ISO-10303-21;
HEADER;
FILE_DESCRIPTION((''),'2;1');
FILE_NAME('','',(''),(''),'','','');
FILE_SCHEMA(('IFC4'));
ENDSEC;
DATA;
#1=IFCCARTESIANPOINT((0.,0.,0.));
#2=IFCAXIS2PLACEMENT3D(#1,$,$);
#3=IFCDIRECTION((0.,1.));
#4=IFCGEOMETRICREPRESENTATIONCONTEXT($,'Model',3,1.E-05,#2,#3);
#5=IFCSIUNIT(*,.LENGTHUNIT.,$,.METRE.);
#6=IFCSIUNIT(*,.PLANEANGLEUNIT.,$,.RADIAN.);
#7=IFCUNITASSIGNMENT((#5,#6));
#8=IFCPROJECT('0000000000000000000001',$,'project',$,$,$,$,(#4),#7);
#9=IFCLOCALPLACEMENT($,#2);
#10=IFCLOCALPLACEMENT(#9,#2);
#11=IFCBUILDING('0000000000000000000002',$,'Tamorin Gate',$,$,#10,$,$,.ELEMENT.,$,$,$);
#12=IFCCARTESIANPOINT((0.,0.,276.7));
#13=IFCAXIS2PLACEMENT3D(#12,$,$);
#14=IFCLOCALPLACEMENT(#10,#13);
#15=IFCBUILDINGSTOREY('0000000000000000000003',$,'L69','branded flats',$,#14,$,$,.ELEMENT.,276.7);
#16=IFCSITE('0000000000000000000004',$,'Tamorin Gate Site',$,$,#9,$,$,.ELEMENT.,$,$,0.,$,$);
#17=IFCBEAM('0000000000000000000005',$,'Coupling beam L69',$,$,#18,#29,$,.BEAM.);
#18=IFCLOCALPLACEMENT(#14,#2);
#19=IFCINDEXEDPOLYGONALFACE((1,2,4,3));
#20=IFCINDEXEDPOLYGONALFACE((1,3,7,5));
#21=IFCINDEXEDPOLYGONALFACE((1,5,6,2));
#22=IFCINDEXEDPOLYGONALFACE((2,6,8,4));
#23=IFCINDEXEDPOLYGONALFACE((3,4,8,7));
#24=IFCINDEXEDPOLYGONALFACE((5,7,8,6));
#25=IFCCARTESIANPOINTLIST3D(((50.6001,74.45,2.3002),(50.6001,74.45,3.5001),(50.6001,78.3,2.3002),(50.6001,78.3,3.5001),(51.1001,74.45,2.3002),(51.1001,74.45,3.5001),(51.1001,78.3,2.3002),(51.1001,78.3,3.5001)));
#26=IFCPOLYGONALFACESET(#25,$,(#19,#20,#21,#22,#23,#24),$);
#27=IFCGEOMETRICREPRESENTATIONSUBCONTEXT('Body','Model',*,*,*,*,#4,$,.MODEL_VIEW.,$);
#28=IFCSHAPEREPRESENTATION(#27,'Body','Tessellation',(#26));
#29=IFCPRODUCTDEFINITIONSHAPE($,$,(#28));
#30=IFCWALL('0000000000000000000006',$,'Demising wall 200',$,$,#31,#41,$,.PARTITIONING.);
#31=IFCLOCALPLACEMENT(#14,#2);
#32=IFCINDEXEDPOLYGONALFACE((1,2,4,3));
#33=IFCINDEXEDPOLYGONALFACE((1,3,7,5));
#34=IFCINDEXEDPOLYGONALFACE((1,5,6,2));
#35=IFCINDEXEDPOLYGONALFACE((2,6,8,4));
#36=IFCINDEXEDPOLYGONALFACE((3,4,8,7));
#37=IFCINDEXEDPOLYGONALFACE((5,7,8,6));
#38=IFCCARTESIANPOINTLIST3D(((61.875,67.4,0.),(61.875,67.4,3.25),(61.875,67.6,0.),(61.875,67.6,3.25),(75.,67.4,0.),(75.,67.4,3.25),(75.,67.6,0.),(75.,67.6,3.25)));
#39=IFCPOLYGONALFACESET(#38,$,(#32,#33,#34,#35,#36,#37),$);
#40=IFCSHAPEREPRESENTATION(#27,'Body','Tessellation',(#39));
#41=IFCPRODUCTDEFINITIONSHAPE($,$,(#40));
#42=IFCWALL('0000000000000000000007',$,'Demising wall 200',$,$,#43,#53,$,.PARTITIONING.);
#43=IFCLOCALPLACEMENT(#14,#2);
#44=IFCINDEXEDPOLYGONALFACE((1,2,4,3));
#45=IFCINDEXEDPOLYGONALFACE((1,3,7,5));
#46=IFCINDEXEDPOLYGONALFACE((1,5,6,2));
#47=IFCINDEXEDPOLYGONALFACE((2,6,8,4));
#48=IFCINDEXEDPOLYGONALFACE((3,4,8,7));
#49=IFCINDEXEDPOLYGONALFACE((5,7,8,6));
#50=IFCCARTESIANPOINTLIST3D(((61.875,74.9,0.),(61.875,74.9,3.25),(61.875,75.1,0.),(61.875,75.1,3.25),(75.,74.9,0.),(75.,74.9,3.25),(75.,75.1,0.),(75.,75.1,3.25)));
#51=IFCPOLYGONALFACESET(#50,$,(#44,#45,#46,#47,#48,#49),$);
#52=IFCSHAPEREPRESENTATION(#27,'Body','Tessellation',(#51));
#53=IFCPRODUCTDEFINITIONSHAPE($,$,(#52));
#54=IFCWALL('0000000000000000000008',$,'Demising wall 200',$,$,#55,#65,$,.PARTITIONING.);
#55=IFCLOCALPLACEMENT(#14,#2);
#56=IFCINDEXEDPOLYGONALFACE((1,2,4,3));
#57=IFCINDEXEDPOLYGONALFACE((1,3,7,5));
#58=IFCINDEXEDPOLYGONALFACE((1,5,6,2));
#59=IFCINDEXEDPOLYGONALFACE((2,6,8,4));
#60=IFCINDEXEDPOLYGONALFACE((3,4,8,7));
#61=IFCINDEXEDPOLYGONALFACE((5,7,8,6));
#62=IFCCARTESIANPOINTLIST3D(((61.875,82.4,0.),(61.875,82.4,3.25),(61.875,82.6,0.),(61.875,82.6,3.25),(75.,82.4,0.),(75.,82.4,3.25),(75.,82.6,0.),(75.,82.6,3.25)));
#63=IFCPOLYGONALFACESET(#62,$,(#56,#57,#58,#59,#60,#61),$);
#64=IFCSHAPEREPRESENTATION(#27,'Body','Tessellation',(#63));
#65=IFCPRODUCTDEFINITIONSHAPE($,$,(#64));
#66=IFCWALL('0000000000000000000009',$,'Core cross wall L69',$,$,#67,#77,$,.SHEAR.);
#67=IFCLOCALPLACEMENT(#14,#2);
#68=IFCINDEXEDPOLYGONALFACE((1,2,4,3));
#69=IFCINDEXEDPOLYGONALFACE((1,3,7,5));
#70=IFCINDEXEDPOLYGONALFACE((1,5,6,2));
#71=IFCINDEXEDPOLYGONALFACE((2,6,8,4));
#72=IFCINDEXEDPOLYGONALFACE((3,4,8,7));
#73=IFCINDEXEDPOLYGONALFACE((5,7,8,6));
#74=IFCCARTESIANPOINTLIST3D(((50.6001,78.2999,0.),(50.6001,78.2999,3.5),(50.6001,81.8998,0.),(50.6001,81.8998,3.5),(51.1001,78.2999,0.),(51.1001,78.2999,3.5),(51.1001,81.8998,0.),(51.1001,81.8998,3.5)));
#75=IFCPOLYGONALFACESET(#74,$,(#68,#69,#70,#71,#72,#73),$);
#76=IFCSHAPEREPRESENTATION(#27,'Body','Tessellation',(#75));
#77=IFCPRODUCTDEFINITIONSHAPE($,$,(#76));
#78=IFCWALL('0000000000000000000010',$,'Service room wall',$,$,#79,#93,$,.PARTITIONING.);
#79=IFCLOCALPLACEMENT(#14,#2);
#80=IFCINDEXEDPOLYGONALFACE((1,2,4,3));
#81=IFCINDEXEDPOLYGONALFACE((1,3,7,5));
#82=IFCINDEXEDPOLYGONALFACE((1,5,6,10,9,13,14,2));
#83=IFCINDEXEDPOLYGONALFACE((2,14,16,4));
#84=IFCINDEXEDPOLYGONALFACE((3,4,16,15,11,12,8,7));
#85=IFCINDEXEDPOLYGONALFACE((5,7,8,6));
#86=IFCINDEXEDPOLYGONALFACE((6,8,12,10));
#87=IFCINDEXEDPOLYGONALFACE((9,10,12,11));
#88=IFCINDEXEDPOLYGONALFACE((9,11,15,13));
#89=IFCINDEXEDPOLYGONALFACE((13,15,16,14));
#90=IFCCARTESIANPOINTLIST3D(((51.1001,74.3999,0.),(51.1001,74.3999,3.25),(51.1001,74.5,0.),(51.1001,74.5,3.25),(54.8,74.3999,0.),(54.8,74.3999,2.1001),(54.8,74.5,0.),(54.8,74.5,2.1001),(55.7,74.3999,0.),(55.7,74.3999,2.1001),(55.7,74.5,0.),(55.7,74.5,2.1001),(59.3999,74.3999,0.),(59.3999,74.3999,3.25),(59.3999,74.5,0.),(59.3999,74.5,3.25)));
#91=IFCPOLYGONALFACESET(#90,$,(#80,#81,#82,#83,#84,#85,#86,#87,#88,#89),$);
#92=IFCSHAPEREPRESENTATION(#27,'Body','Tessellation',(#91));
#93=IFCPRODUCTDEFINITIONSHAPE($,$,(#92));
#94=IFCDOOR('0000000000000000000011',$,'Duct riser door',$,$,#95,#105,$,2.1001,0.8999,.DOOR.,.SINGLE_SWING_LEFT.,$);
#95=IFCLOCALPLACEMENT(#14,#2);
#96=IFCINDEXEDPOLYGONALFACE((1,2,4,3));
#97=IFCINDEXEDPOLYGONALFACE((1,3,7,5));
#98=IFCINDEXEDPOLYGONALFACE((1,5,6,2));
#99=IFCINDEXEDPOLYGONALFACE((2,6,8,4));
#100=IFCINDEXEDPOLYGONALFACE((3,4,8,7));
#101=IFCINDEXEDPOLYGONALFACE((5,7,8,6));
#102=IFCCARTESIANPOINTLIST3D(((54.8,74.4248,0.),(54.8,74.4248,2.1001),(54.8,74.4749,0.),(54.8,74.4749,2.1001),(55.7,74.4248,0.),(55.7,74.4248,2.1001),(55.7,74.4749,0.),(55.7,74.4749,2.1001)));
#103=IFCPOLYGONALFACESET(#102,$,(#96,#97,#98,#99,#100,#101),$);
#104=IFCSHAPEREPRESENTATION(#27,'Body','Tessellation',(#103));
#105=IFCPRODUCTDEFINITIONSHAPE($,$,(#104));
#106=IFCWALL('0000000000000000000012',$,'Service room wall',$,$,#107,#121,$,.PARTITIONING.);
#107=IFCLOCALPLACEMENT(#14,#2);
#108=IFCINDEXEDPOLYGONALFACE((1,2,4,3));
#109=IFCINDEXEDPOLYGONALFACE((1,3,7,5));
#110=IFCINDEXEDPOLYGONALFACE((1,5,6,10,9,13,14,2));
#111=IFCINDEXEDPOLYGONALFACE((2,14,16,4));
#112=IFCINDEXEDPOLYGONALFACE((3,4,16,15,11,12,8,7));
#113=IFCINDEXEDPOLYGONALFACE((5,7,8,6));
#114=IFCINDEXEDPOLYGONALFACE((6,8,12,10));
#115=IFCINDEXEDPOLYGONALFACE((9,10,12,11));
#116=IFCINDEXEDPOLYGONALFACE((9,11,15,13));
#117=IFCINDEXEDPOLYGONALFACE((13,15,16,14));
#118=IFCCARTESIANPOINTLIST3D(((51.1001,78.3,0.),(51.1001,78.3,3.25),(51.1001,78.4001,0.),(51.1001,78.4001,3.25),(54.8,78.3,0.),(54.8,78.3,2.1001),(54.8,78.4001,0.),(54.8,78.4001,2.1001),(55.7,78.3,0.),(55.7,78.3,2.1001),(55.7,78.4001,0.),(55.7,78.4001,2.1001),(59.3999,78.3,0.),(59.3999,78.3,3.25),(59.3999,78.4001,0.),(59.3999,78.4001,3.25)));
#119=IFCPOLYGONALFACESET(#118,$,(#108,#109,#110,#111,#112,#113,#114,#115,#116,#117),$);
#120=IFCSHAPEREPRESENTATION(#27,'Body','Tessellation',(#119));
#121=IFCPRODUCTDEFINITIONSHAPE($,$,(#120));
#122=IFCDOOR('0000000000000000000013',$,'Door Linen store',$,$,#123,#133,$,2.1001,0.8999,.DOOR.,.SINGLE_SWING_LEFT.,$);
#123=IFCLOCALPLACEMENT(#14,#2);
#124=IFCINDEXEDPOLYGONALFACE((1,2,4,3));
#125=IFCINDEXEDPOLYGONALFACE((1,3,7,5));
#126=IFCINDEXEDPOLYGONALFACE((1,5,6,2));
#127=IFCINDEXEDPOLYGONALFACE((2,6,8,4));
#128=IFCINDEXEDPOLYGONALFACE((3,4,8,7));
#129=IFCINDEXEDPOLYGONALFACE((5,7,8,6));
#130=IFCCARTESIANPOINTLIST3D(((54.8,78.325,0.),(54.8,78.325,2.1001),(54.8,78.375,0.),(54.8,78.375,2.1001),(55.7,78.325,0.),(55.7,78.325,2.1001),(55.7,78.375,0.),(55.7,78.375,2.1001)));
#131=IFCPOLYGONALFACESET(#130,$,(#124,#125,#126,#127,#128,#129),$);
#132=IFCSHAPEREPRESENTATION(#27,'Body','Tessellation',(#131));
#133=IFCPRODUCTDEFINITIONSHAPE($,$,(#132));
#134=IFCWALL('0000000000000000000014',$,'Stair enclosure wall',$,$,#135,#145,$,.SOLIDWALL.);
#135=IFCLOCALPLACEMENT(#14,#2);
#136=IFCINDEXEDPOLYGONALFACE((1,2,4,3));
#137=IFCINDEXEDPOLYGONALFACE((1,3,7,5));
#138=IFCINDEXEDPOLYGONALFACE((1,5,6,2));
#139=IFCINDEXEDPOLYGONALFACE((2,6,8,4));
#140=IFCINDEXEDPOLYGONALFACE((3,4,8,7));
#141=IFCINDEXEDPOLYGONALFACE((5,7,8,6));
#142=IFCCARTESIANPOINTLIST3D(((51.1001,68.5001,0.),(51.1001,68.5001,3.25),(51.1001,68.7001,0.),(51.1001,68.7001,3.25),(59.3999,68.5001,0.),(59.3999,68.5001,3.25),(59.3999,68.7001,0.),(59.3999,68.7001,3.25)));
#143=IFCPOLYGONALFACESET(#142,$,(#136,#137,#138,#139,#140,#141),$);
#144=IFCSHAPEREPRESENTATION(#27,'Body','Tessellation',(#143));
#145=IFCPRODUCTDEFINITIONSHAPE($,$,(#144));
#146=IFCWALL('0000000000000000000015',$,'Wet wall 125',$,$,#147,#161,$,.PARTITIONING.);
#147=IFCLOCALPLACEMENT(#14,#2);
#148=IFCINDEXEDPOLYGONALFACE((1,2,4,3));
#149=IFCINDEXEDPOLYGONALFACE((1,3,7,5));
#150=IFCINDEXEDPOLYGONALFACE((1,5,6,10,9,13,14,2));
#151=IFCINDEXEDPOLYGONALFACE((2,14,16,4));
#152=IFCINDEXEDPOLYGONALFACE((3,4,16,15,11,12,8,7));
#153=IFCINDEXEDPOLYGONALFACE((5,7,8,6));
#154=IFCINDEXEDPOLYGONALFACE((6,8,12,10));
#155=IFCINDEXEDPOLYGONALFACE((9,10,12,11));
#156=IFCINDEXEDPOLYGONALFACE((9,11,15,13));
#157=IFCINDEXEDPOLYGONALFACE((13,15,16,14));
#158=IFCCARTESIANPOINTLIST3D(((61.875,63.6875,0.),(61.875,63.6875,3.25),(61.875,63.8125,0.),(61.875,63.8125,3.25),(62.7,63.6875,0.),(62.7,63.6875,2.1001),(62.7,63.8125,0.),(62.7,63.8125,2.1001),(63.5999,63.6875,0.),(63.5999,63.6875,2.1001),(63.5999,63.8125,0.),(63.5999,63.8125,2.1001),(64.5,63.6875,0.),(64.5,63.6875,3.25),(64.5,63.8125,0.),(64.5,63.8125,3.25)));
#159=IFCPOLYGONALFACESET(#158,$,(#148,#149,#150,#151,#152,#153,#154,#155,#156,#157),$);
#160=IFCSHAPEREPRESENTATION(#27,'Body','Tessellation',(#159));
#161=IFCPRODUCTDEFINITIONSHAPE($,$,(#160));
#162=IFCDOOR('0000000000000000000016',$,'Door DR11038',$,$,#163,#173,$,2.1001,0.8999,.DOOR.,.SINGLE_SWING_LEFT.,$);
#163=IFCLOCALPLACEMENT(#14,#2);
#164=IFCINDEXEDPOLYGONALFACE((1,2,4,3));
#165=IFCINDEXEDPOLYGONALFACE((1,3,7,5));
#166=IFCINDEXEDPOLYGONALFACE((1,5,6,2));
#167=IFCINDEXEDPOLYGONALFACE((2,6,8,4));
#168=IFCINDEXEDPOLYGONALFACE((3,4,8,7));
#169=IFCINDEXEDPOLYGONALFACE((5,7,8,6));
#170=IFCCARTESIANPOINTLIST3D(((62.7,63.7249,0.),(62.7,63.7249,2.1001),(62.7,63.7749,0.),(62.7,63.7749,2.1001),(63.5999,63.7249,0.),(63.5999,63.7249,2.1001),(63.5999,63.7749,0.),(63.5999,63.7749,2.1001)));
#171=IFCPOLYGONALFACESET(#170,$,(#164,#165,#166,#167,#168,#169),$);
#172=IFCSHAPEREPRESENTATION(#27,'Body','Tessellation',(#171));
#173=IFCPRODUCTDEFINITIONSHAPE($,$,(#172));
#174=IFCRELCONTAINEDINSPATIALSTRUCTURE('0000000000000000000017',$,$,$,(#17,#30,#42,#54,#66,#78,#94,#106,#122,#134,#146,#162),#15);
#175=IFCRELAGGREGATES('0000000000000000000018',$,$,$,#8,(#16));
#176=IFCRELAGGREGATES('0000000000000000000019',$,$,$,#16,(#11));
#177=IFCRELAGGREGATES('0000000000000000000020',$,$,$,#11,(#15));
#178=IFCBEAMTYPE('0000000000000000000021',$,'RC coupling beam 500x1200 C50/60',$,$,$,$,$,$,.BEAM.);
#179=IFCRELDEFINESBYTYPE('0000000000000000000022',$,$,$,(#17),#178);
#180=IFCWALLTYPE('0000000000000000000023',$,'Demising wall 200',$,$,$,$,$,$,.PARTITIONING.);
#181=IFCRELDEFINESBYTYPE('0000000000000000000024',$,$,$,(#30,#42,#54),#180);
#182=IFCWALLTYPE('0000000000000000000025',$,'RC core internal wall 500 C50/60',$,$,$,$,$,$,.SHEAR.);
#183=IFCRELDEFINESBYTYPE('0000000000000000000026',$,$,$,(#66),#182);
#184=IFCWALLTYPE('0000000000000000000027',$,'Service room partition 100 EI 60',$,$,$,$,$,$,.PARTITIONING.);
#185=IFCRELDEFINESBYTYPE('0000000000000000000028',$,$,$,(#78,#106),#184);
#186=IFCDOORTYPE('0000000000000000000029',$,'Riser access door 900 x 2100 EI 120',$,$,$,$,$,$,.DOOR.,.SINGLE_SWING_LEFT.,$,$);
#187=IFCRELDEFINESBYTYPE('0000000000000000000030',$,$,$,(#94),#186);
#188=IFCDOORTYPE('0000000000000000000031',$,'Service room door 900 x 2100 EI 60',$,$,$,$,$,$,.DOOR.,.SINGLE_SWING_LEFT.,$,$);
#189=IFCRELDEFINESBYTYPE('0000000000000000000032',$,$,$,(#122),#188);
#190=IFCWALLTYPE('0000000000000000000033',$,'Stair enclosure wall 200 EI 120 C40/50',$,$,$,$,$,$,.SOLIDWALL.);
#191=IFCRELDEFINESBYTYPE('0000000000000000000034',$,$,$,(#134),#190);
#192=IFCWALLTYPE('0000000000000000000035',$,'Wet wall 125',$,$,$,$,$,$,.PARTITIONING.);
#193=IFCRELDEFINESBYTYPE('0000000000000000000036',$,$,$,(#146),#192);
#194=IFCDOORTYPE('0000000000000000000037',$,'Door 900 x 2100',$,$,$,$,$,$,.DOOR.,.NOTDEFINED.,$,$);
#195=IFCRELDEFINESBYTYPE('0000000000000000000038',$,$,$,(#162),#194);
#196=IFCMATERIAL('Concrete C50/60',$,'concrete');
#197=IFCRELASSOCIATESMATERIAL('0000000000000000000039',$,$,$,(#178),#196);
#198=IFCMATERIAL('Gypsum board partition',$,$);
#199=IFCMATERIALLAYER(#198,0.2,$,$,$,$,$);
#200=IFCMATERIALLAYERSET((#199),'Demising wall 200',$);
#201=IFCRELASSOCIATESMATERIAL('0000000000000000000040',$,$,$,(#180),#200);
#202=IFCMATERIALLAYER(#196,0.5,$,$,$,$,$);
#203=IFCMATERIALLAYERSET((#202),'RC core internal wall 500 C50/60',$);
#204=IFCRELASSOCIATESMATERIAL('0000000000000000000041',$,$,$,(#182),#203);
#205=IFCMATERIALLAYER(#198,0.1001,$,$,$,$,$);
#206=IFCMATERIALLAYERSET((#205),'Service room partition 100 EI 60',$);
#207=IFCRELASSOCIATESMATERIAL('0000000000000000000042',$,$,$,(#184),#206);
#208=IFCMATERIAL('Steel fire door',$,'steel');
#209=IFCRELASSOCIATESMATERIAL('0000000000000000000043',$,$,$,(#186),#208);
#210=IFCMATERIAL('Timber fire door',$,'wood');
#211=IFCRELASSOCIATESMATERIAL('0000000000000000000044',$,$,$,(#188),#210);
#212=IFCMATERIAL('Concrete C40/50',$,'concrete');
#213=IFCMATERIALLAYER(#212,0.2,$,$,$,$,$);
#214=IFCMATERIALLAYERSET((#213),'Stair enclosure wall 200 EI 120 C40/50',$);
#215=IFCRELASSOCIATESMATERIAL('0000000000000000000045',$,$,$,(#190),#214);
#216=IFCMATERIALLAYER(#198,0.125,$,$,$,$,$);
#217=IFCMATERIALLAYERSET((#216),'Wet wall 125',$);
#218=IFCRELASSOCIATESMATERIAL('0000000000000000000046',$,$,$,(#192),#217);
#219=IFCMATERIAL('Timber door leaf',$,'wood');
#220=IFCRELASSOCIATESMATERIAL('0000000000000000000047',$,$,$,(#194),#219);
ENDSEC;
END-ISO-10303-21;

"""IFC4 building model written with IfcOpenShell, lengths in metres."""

from ifc_helpers import new_model, si_unit, direction, frame, frame_2d, origin, origin_2d, place, context, subcontext, project, spatial, rectangle, extrude, material, layer, layer_set, material_profile, profile_set, type_object, element, fill, save


model = new_model("IFC4")

# Units and contexts
model_context = context("Model", 3, precision=1e-05, world=origin(), true_north=direction((0.0, 1.0)))
body_context = subcontext(model_context, "Body", "Model", "MODEL_VIEW")
ifc_project = project(units=[si_unit("LENGTHUNIT", "METRE"), si_unit("PLANEANGLEUNIT", "RADIAN")], contexts=[model_context])

# Site, building, storey
site_placement = place(None, origin())
site = spatial("IfcSite", under=ifc_project, at=site_placement, Name="Tamorin Gate Site", CompositionType="ELEMENT", RefElevation=0.0)
building_placement = place(site_placement, origin())
building = spatial("IfcBuilding", under=site, at=building_placement, Name="Tamorin Gate", CompositionType="ELEMENT")
storey_placement = place(building_placement, frame((0.0, 0.0, 276.7)))
storey = spatial("IfcBuildingStorey", under=building, at=storey_placement, Name="L69", Description="branded flats", CompositionType="ELEMENT", Elevation=276.7)

# Beam
ifc_material_1 = material(Name="Concrete C50/60", Category="concrete")
ifc_material_profile = material_profile(ifc_material_1, rectangle(XDim=0.5, YDim=1.2, at=origin_2d()), Name="RC 500x1200")
ifc_profile_set = profile_set([ifc_material_profile], Name="Concrete C50/60")
beam_type = type_object("IfcBeamType", Name="RC coupling beam 500x1200 C50/60", PredefinedType="BEAM", material=ifc_profile_set)
beam_placement = place(storey_placement, frame((50.8501, 74.45, 2.9001), z_axis=(0.0, 1.0, 0.0), x_axis=(-1.0, 0.0, 0.0)))
element("IfcBeam", 1, at=beam_placement, inside=storey, type_object=beam_type, Name="Coupling beam L69", PredefinedType="BEAM", context=body_context, shape_type="SweptSolid", body=[
    extrude(rectangle(XDim=0.5, YDim=1.2, at=origin_2d()), origin(), (0.0, 0.0, 1.0), 3.8501),
])

# Walls
ifc_material_2 = material(Name="Gypsum board partition")
ifc_layer_1 = layer(ifc_material_2, 0.2)
ifc_layer_set_1 = layer_set([ifc_layer_1], Name="Demising wall 200")
wall_type_1 = type_object("IfcWallType", Name="Demising wall 200", PredefinedType="PARTITIONING", material=ifc_layer_set_1)
for number, where, z_axis, x_axis, name in (
    (2, (61.875, 67.5, 0.0), (0.0, 0.0, 1.0), (1.0, 0.0, 0.0), "Demising wall 200"),
    (3, (61.875, 75.0, 0.0), (0.0, 0.0, 1.0), (1.0, 0.0, 0.0), "Demising wall 200"),
    (4, (61.875, 82.5, 0.0), (0.0, 0.0, 1.0), (1.0, 0.0, 0.0), "Demising wall 200"),
):
    element("IfcWall", number, at=place(storey_placement, frame(where, z_axis=z_axis, x_axis=x_axis)), inside=storey, type_object=wall_type_1, Name=name, PredefinedType="PARTITIONING", context=body_context, shape_type="SweptSolid", body=[
        extrude(rectangle(XDim=13.125, YDim=0.2, at=frame_2d((6.5625, 0.0))), origin(), (0.0, 0.0, 1.0), 3.25),
    ])
ifc_layer_2 = layer(ifc_material_1, 0.5)
ifc_layer_set_2 = layer_set([ifc_layer_2], Name="RC core internal wall 500 C50/60")
wall_type_2 = type_object("IfcWallType", Name="RC core internal wall 500 C50/60", PredefinedType="SHEAR", material=ifc_layer_set_2)
wall_1_placement = place(storey_placement, frame((50.8501, 78.3, 0.0), z_axis=(0.0, 0.0, 1.0), x_axis=(0.0, 1.0, 0.0)))
element("IfcWall", 5, at=wall_1_placement, inside=storey, type_object=wall_type_2, Name="Core cross wall L69", PredefinedType="SHEAR", context=body_context, shape_type="SweptSolid", body=[
    extrude(rectangle(XDim=3.5999, YDim=0.5, at=frame_2d((1.7998, 0.0))), origin(), (0.0, 0.0, 1.0), 3.5),
])

# Walls, openings, doors
ifc_layer_3 = layer(ifc_material_2, 0.1001)
ifc_layer_set_3 = layer_set([ifc_layer_3], Name="Service room partition 100 EI 60")
wall_type_3 = type_object("IfcWallType", Name="Service room partition 100 EI 60", PredefinedType="PARTITIONING", material=ifc_layer_set_3)
wall_2_placement = place(storey_placement, frame((51.1001, 74.45, 0.0), z_axis=(0.0, 0.0, 1.0), x_axis=(1.0, 0.0, 0.0)))
wall_2 = element("IfcWall", 6, at=wall_2_placement, inside=storey, type_object=wall_type_3, Name="Service room wall", PredefinedType="PARTITIONING", context=body_context, shape_type="SweptSolid", body=[
    extrude(rectangle(XDim=8.2998, YDim=0.1001, at=frame_2d((4.1499, 0.0))), origin(), (0.0, 0.0, 1.0), 3.25),
])
opening_1_placement = place(wall_2_placement, frame((3.7, 0.0, 0.0)))
opening_1 = element("IfcOpeningElement", 7, at=opening_1_placement, cuts=wall_2, PredefinedType="OPENING", context=body_context, shape_type="SweptSolid", body=[
    extrude(rectangle(XDim=0.8999, YDim=2.1001, at=frame_2d((0.45, 1.05))), frame((0.0, 0.0601, 0.0), z_axis=(0.0, -1.0, 0.0), x_axis=(1.0, 0.0, 0.0)), (0.0, 0.0, 1.0), 0.1201),
])
ifc_material_3 = material(Name="Steel fire door", Category="steel")
door_type_1 = type_object("IfcDoorType", Name="Riser access door 900 x 2100 EI 120", OperationType="SINGLE_SWING_LEFT", PredefinedType="DOOR", material=ifc_material_3)
door_1_placement = place(opening_1_placement, origin())
door_1 = element("IfcDoor", 8, at=door_1_placement, inside=storey, type_object=door_type_1, Name="Duct riser door", OperationType="SINGLE_SWING_LEFT", OverallHeight=2.1001, OverallWidth=0.8999, PredefinedType="DOOR", context=body_context, shape_type="SweptSolid", body=[
    extrude(rectangle(XDim=0.8999, YDim=2.1001, at=frame_2d((0.45, 1.05))), frame((0.0, 0.0249, 0.0), z_axis=(0.0, -1.0, 0.0), x_axis=(1.0, 0.0, 0.0)), (0.0, 0.0, 1.0), 0.05),
])
fill(opening_1, door_1)
wall_3_placement = place(storey_placement, frame((51.1001, 78.3501, 0.0), z_axis=(0.0, 0.0, 1.0), x_axis=(1.0, 0.0, 0.0)))
wall_3 = element("IfcWall", 9, at=wall_3_placement, inside=storey, type_object=wall_type_3, Name="Service room wall", PredefinedType="PARTITIONING", context=body_context, shape_type="SweptSolid", body=[
    extrude(rectangle(XDim=8.2998, YDim=0.1001, at=frame_2d((4.1499, 0.0))), origin(), (0.0, 0.0, 1.0), 3.25),
])
opening_2_placement = place(wall_3_placement, frame((3.7, 0.0, 0.0)))
opening_2 = element("IfcOpeningElement", 10, at=opening_2_placement, cuts=wall_3, PredefinedType="OPENING", context=body_context, shape_type="SweptSolid", body=[
    extrude(rectangle(XDim=0.8999, YDim=2.1001, at=frame_2d((0.45, 1.05))), frame((0.0, 0.0601, 0.0), z_axis=(0.0, -1.0, 0.0), x_axis=(1.0, 0.0, 0.0)), (0.0, 0.0, 1.0), 0.1201),
])
ifc_material_4 = material(Name="Timber fire door", Category="wood")
door_type_2 = type_object("IfcDoorType", Name="Service room door 900 x 2100 EI 60", OperationType="SINGLE_SWING_LEFT", PredefinedType="DOOR", material=ifc_material_4)
door_2_placement = place(opening_2_placement, origin())
door_2 = element("IfcDoor", 11, at=door_2_placement, inside=storey, type_object=door_type_2, Name="Door Linen store", OperationType="SINGLE_SWING_LEFT", OverallHeight=2.1001, OverallWidth=0.8999, PredefinedType="DOOR", context=body_context, shape_type="SweptSolid", body=[
    extrude(rectangle(XDim=0.8999, YDim=2.1001, at=frame_2d((0.45, 1.05))), frame((0.0, 0.0249, 0.0), z_axis=(0.0, -1.0, 0.0), x_axis=(1.0, 0.0, 0.0)), (0.0, 0.0, 1.0), 0.05),
])
fill(opening_2, door_2)

# Wall
ifc_material_5 = material(Name="Concrete C40/50", Category="concrete")
ifc_layer_4 = layer(ifc_material_5, 0.2)
ifc_layer_set_4 = layer_set([ifc_layer_4], Name="Stair enclosure wall 200 EI 120 C40/50")
wall_type_4 = type_object("IfcWallType", Name="Stair enclosure wall 200 EI 120 C40/50", PredefinedType="SOLIDWALL", material=ifc_layer_set_4)
wall_4_placement = place(storey_placement, frame((51.1001, 68.6001, 0.0), z_axis=(0.0, 0.0, 1.0), x_axis=(1.0, 0.0, 0.0)))
element("IfcWall", 12, at=wall_4_placement, inside=storey, type_object=wall_type_4, Name="Stair enclosure wall", PredefinedType="SOLIDWALL", context=body_context, shape_type="SweptSolid", body=[
    extrude(rectangle(XDim=8.2998, YDim=0.2, at=frame_2d((4.1499, 0.0))), origin(), (0.0, 0.0, 1.0), 3.25),
])

# Wall, opening, door
ifc_layer_5 = layer(ifc_material_2, 0.125)
ifc_layer_set_5 = layer_set([ifc_layer_5], Name="Wet wall 125")
wall_type_5 = type_object("IfcWallType", Name="Wet wall 125", PredefinedType="PARTITIONING", material=ifc_layer_set_5)
wall_5_placement = place(storey_placement, frame((61.875, 63.75, 0.0), z_axis=(0.0, 0.0, 1.0), x_axis=(1.0, 0.0, 0.0)))
wall_5 = element("IfcWall", 13, at=wall_5_placement, inside=storey, type_object=wall_type_5, Name="Wet wall 125", PredefinedType="PARTITIONING", context=body_context, shape_type="SweptSolid", body=[
    extrude(rectangle(XDim=2.625, YDim=0.125, at=frame_2d((1.3125, 0.0))), origin(), (0.0, 0.0, 1.0), 3.25),
])
opening_3_placement = place(wall_5_placement, frame((0.825, 0.0, 0.0)))
opening_3 = element("IfcOpeningElement", 14, at=opening_3_placement, cuts=wall_5, PredefinedType="OPENING", context=body_context, shape_type="SweptSolid", body=[
    extrude(rectangle(XDim=0.8999, YDim=2.1001, at=frame_2d((0.45, 1.05))), frame((0.0, 0.0725, 0.0), z_axis=(0.0, -1.0, 0.0), x_axis=(1.0, 0.0, 0.0)), (0.0, 0.0, 1.0), 0.145),
])
ifc_material_6 = material(Name="Timber door leaf", Category="wood")
door_type_3 = type_object("IfcDoorType", Name="Door 900 x 2100", OperationType="NOTDEFINED", PredefinedType="DOOR", material=ifc_material_6)
door_3_placement = place(opening_3_placement, origin())
door_3 = element("IfcDoor", 15, at=door_3_placement, inside=storey, type_object=door_type_3, Name="Door DR11038", OperationType="SINGLE_SWING_LEFT", OverallHeight=2.1001, OverallWidth=0.8999, PredefinedType="DOOR", context=body_context, shape_type="SweptSolid", body=[
    extrude(rectangle(XDim=0.8999, YDim=2.1001, at=frame_2d((0.45, 1.05))), frame((0.0, 0.0249, 0.0), z_axis=(0.0, -1.0, 0.0), x_axis=(1.0, 0.0, 0.0)), (0.0, 0.0, 1.0), 0.05),
])
fill(opening_3, door_3)

save(model, "model.ifc")
